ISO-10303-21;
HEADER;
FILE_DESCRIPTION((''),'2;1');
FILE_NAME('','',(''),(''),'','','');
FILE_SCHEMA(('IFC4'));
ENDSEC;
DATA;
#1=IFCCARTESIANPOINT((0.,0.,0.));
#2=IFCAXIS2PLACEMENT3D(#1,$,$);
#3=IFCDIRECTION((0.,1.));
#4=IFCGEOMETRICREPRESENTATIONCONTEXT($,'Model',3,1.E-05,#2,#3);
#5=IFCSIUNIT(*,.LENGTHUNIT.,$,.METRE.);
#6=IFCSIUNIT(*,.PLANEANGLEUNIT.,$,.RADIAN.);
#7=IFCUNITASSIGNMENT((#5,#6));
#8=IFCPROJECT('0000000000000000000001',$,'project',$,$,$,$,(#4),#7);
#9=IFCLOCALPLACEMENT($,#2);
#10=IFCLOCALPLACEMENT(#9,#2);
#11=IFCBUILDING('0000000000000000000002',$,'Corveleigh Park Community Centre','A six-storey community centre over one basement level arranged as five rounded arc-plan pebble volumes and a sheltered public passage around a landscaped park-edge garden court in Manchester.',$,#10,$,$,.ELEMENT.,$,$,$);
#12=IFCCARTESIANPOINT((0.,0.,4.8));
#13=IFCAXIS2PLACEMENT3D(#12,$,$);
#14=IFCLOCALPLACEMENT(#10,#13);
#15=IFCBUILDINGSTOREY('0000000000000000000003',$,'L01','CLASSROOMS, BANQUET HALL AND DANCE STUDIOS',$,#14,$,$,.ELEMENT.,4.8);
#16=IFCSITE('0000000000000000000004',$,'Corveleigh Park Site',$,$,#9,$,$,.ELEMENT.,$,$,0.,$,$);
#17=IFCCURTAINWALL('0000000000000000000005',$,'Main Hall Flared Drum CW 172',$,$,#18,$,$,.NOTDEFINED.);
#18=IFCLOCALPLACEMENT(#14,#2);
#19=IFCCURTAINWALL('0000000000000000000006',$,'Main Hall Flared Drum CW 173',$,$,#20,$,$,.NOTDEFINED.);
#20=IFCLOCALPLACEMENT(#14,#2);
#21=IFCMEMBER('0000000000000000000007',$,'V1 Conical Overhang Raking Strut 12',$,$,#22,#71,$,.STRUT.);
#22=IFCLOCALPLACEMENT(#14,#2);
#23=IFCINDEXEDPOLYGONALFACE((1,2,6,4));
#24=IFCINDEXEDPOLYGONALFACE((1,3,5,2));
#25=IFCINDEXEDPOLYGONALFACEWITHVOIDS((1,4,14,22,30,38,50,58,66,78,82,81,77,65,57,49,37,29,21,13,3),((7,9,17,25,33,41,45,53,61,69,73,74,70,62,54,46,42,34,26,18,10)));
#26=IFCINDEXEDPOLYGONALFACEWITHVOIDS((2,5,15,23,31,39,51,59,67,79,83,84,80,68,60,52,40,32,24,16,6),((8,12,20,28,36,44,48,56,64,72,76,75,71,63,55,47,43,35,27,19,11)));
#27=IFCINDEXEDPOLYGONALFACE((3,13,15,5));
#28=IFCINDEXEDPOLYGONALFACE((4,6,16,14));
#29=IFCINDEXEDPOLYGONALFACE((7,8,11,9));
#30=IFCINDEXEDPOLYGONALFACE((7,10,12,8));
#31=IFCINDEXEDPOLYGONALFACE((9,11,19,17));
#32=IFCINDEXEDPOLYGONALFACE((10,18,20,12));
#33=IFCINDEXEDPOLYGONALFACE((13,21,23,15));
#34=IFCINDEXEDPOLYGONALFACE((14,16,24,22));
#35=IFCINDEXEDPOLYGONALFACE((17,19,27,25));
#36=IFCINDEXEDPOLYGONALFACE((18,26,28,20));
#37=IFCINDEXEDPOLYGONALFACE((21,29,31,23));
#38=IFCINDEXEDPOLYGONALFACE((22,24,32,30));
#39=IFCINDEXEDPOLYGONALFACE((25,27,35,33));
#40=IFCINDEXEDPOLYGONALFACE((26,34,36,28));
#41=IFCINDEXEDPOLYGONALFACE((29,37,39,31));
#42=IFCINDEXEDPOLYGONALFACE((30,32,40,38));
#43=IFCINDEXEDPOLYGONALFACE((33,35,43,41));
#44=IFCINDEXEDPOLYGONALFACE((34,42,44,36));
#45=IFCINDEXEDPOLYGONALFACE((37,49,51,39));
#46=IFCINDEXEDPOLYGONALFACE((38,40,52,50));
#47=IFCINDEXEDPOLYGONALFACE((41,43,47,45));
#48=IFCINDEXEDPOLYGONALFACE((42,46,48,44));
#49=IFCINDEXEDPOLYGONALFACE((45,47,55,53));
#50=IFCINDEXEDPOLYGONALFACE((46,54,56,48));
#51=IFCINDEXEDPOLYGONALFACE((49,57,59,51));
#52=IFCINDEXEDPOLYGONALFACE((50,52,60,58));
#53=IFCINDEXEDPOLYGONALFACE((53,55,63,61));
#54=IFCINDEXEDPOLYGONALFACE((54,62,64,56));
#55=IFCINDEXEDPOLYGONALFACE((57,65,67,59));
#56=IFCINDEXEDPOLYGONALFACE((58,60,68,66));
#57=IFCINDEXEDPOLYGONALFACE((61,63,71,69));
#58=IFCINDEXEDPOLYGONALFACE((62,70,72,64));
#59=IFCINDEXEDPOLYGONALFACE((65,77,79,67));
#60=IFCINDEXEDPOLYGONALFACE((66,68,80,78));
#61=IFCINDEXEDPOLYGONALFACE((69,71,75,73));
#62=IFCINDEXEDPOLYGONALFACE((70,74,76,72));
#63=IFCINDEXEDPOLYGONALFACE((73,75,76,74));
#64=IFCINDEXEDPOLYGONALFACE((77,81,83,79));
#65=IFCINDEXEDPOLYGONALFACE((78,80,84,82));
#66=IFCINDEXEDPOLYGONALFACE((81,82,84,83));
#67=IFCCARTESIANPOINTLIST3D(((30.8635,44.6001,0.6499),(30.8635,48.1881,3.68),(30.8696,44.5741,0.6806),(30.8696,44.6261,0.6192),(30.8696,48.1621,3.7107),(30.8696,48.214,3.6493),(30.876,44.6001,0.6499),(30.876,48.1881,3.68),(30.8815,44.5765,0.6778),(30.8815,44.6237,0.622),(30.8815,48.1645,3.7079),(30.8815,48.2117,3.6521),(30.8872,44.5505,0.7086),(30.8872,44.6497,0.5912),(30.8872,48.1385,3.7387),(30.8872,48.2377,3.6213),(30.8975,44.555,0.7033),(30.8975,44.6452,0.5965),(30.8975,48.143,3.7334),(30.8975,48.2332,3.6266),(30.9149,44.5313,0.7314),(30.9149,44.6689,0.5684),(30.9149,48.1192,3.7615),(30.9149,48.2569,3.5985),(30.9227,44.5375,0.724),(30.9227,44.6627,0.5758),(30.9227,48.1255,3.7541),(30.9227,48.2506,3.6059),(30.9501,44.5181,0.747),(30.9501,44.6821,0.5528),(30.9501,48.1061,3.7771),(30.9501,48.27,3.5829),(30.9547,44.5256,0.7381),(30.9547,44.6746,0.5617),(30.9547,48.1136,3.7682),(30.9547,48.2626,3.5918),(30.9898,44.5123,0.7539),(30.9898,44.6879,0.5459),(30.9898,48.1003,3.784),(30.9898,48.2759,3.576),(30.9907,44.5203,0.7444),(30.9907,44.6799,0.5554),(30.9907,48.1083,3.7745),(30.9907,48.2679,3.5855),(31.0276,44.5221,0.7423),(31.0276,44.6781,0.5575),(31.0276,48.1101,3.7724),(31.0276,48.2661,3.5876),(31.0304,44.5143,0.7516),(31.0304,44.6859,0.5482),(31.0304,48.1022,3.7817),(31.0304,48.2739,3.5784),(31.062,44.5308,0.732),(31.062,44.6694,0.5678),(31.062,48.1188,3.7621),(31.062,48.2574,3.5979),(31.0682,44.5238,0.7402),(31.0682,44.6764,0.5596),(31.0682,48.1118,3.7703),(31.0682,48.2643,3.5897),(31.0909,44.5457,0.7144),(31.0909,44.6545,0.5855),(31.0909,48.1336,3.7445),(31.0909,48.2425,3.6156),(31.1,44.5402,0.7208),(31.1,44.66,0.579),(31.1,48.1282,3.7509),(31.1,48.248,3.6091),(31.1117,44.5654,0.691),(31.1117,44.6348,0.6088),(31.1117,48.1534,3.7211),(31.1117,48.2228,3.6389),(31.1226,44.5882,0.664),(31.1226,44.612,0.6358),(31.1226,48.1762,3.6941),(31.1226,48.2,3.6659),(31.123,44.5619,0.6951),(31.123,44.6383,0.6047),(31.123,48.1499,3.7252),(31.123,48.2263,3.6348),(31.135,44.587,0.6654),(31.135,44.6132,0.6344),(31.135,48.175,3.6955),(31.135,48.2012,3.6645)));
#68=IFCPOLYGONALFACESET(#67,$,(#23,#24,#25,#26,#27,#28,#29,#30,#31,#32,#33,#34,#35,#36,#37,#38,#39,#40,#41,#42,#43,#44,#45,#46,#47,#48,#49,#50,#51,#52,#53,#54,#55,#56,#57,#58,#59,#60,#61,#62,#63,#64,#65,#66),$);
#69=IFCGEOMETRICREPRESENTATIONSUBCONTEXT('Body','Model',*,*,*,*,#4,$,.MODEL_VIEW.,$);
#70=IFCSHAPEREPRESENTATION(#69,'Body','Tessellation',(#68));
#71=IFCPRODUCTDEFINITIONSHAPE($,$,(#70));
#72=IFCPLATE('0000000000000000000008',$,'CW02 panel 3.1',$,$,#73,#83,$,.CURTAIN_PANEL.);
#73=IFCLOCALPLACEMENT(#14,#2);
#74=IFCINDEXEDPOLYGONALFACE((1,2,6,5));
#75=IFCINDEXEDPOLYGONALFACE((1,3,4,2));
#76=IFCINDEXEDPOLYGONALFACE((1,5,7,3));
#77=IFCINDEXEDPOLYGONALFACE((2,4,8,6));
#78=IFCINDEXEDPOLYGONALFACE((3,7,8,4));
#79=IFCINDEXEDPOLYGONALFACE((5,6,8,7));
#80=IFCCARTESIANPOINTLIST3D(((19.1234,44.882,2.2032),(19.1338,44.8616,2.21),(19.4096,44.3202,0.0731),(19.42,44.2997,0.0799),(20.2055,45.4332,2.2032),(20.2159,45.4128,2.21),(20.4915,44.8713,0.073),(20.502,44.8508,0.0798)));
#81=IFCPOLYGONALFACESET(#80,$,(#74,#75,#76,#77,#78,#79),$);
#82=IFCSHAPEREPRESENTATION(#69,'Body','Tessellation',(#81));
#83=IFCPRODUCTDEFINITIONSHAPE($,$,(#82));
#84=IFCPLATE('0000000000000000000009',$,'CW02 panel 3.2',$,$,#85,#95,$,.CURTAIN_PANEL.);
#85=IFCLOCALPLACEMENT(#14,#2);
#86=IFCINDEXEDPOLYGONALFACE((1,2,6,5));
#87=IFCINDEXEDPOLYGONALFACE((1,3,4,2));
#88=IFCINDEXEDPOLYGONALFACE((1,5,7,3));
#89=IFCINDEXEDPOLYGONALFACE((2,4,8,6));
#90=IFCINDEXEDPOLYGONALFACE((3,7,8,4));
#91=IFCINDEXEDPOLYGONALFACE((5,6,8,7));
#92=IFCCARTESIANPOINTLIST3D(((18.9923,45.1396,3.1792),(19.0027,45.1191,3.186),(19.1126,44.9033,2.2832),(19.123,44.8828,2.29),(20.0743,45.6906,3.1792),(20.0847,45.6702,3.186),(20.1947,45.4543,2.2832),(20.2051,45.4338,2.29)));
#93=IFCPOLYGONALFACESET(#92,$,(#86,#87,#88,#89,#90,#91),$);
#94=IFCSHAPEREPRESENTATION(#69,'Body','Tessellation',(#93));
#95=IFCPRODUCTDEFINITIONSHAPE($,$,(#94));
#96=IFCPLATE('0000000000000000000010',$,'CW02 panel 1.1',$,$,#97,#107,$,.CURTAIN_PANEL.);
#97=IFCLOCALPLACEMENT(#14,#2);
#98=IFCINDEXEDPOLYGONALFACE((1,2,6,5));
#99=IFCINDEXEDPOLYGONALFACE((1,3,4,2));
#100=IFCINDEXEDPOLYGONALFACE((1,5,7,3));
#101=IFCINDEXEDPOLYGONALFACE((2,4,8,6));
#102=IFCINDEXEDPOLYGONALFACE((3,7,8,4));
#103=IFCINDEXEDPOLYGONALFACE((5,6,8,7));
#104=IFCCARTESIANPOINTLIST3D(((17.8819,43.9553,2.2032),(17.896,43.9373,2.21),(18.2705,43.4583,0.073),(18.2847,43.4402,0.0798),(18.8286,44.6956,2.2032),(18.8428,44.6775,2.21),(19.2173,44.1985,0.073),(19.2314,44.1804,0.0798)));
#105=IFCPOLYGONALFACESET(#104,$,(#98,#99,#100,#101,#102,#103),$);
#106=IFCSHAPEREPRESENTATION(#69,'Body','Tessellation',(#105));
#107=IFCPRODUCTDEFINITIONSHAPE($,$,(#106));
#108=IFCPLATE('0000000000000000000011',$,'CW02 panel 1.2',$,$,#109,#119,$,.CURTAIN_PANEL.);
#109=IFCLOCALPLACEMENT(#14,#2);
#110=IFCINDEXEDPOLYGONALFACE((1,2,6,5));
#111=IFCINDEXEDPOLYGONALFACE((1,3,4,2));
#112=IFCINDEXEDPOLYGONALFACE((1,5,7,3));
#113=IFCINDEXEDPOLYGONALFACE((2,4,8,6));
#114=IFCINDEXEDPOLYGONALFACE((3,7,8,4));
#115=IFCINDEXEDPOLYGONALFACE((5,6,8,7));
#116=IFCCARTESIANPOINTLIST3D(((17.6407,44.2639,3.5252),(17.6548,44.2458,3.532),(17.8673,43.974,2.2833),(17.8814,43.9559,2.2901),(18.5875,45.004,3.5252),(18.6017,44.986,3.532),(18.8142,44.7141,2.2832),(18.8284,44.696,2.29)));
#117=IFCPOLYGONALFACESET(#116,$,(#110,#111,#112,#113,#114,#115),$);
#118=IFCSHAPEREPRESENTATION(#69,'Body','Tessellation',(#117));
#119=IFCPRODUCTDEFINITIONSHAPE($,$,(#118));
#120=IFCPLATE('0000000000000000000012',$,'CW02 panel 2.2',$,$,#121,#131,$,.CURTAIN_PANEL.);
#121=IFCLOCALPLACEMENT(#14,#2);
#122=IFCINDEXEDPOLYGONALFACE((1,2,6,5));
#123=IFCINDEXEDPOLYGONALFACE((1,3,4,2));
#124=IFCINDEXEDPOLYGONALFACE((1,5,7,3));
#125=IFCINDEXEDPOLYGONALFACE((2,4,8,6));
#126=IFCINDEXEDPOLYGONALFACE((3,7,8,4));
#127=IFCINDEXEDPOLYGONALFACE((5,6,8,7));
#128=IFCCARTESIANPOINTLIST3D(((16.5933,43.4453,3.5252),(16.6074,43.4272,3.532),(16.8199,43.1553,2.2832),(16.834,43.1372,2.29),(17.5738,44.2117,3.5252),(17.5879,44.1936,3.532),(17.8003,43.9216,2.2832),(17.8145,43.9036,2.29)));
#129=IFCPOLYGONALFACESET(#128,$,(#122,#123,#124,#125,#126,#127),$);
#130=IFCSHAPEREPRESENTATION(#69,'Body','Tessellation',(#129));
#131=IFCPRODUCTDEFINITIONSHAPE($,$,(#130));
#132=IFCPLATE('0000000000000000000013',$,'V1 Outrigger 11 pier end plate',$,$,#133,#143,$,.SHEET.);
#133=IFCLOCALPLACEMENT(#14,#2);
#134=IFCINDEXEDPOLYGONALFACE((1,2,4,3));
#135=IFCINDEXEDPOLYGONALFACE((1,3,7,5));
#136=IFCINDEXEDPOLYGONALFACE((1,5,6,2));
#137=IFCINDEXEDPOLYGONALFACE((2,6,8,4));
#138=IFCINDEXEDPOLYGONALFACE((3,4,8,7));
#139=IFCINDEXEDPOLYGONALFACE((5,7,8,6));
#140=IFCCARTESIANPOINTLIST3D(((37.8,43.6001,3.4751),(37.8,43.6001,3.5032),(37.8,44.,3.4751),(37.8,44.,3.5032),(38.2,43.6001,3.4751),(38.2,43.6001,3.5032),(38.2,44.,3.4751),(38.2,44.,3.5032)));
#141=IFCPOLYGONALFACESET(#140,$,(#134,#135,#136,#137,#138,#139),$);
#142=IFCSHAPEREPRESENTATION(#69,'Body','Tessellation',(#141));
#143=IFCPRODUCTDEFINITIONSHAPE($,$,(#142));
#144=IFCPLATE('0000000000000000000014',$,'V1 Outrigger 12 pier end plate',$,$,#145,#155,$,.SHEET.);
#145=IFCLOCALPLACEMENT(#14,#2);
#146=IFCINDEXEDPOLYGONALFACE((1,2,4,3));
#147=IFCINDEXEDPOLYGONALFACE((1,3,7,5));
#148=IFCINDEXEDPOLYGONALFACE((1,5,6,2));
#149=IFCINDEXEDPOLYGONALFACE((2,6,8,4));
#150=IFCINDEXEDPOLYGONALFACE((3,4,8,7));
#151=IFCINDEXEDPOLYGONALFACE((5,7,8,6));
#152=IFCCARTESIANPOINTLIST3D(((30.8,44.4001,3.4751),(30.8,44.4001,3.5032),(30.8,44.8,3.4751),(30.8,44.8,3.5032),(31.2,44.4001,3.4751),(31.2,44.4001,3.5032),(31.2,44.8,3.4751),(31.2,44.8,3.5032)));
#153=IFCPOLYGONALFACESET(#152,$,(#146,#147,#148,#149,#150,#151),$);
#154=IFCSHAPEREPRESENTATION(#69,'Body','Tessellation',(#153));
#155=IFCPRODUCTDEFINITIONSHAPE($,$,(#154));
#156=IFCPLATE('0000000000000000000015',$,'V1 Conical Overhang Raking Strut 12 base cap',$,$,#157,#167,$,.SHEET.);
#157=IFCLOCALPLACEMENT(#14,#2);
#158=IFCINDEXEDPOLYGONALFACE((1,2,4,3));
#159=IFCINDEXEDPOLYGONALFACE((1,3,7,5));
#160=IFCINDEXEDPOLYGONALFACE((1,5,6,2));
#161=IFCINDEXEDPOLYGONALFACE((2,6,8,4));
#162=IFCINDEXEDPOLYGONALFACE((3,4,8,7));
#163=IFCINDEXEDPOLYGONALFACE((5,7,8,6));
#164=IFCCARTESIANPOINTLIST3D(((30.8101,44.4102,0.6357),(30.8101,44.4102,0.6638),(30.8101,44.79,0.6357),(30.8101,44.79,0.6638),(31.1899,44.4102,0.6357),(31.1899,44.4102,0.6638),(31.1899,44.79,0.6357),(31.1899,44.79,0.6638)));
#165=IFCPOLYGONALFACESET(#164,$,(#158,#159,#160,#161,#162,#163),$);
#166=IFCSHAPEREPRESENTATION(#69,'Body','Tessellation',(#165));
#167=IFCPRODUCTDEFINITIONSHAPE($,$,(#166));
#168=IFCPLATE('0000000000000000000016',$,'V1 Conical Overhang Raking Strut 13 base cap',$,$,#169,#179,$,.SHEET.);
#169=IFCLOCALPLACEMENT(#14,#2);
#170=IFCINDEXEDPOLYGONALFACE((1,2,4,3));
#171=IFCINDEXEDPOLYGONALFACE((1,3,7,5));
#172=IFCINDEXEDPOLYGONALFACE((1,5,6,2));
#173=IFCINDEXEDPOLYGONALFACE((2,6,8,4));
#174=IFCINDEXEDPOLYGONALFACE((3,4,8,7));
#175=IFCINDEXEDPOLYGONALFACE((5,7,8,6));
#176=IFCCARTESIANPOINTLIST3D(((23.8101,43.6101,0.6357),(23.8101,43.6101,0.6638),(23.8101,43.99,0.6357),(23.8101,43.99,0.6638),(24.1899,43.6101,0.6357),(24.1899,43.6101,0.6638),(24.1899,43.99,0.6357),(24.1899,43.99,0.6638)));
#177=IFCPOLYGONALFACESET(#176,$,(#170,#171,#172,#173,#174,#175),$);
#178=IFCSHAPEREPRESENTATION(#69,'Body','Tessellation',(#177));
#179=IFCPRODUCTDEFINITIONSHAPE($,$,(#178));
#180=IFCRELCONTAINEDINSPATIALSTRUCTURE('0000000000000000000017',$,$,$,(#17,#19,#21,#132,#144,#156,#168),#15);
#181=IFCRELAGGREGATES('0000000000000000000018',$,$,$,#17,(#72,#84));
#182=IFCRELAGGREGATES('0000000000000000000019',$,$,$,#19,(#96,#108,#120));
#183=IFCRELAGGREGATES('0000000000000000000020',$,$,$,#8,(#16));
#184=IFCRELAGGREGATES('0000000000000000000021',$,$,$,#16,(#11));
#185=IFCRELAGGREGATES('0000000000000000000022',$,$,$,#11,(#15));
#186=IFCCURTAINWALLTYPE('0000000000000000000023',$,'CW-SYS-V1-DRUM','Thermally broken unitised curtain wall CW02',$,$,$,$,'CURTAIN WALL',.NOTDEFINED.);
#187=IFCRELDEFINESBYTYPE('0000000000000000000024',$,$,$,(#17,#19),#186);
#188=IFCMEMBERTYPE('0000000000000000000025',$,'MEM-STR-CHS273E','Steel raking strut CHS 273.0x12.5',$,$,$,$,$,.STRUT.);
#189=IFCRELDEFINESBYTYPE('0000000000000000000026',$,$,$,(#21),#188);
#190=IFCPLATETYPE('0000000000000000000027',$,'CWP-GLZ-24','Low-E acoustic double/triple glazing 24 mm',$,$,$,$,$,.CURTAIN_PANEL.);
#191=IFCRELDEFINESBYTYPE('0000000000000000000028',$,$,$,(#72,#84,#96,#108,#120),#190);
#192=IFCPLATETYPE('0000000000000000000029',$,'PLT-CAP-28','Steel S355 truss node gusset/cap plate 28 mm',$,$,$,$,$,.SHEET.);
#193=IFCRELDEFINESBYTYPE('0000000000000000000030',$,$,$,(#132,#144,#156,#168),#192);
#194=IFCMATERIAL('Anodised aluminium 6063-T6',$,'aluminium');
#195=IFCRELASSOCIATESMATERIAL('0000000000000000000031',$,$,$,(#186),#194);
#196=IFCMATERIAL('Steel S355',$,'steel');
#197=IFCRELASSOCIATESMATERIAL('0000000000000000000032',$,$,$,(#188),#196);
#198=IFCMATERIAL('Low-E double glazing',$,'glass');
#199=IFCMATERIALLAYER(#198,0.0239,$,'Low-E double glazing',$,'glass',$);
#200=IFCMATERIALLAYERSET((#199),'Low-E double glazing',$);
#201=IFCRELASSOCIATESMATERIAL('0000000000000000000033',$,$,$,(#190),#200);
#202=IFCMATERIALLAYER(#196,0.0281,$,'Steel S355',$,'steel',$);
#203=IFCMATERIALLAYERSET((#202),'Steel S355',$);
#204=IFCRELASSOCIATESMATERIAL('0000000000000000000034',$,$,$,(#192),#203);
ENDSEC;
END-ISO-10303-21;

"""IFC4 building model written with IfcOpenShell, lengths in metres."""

from ifc_helpers import new_model, si_unit, direction, frame, origin, origin_2d, place, context, subcontext, project, spatial, polyline, rectangle, hollow_circle, outline, extrude, material, layer, layer_set, material_profile, profile_set, type_object, element, aggregate, save


model = new_model("IFC4")

# Units and contexts
model_context = context("Model", 3, precision=1e-05, world=origin(), true_north=direction((0.0, 1.0)))
body_context = subcontext(model_context, "Body", "Model", "MODEL_VIEW")
ifc_project = project(units=[si_unit("LENGTHUNIT", "METRE"), si_unit("PLANEANGLEUNIT", "RADIAN")], contexts=[model_context])

# Site, building, storey
site_placement = place(None, origin())
site = spatial("IfcSite", under=ifc_project, at=site_placement, Name="Corveleigh Park Site", CompositionType="ELEMENT", RefElevation=0.0)
building_placement = place(site_placement, origin())
building = spatial("IfcBuilding", under=site, at=building_placement, Name="Corveleigh Park Community Centre", Description="A six-storey community centre over one basement level arranged as five rounded arc-plan pebble volumes and a sheltered public passage around a landscaped park-edge garden court in Manchester.", CompositionType="ELEMENT")
storey_placement = place(building_placement, frame((0.0, 0.0, 4.8)))
storey = spatial("IfcBuildingStorey", under=building, at=storey_placement, Name="L01", Description="CLASSROOMS, BANQUET HALL AND DANCE STUDIOS", CompositionType="ELEMENT", Elevation=4.8)

# Shared definitions
ifc_material_1 = material(Name="Steel S355", Category="steel")

# Curtain wall
ifc_material_2 = material(Name="Anodised aluminium 6063-T6", Category="aluminium")
curtain_wall_type = type_object("IfcCurtainWallType", Name="CW-SYS-V1-DRUM", Description="Thermally broken unitised curtain wall CW02", ElementType="CURTAIN WALL", PredefinedType="NOTDEFINED", material=ifc_material_2)
curtain_wall_1_placement = place(storey_placement, origin())
curtain_wall_1 = element("IfcCurtainWall", 1, at=curtain_wall_1_placement, inside=storey, type_object=curtain_wall_type, Name="Main Hall Flared Drum CW 172", PredefinedType="NOTDEFINED")

# Curtain wall
curtain_wall_2_placement = place(storey_placement, origin())
curtain_wall_2 = element("IfcCurtainWall", 2, at=curtain_wall_2_placement, inside=storey, type_object=curtain_wall_type, Name="Main Hall Flared Drum CW 173", PredefinedType="NOTDEFINED")

# Member
ifc_material_profile_1 = material_profile(ifc_material_1, hollow_circle(Radius=0.1365, WallThickness=0.0125, at=origin_2d()), Name="CHS 273.0x12.5", Category="steel")
ifc_profile_set_1 = profile_set([ifc_material_profile_1], Name="Steel S355")
member_type_1 = type_object("IfcMemberType", Name="MEM-STR-CHS273E", Description="Steel raking strut CHS 273.0x12.5", PredefinedType="STRUT", material=ifc_profile_set_1)
member_1_placement = place(storey_placement, frame((31.0, 44.6001, 0.6499), z_axis=(0.0, 0.764003, 0.645213), x_axis=(-1.0, 0.0, 0.0)))
element("IfcMember", 3, at=member_1_placement, inside=storey, type_object=member_type_1, Name="V1 Conical Overhang Raking Strut 12", PredefinedType="STRUT", context=body_context, shape_type="SweptSolid", body=[
    extrude(hollow_circle(Radius=0.1365, WallThickness=0.0125, at=origin_2d()), origin(), (0.0, 0.0, 1.0), 4.6963),
])

# Plates
ifc_material_3 = material(Name="Low-E double glazing", Category="glass")
ifc_layer_1 = layer(ifc_material_3, 0.0239, Name="Low-E double glazing", Category="glass")
ifc_layer_set_1 = layer_set([ifc_layer_1], Name="Low-E double glazing")
plate_type_1 = type_object("IfcPlateType", Name="CWP-GLZ-24", Description="Low-E acoustic double/triple glazing 24 mm", PredefinedType="CURTAIN_PANEL", material=ifc_layer_set_1)
plate_1_placement = place(storey_placement, frame((20.502, 44.8508, 0.0798), z_axis=(0.435209, -0.854417, 0.28384), x_axis=(-0.891068, -0.45387, 0.000024)))
plate_1 = element("IfcPlate", 4, at=plate_1_placement, type_object=plate_type_1, Name="CW02 panel 3.1", PredefinedType="CURTAIN_PANEL", context=body_context, shape_type="SweptSolid", body=[
    extrude(outline(polyline([(0.0, 0.0), (1.2143, 0.0), (1.2143, -2.2215), (-0.0001, -2.2215), (0.0, 0.0)])), origin(), (0.0, 0.0, -1.0), 0.0239),
])
plate_2_placement = place(storey_placement, frame((20.2051, 45.4338, 2.29), z_axis=(0.435134, -0.85446, 0.283825), x_axis=(-0.891105, -0.453796, 0.0)))
plate_2 = element("IfcPlate", 5, at=plate_2_placement, type_object=plate_type_1, Name="CW02 panel 3.2", PredefinedType="CURTAIN_PANEL", context=body_context, shape_type="SweptSolid", body=[
    extrude(outline(polyline([(0.0, 0.0), (1.2143, 0.0), (1.2143, -0.9344), (0.0, -0.9344), (0.0, 0.0)])), origin(), (0.0, 0.0, -1.0), 0.0239),
])
aggregate(curtain_wall_1, [plate_1, plate_2])
plate_3_placement = place(storey_placement, frame((19.2314, 44.1804, 0.0798), z_axis=(0.59057, -0.755353, 0.284021), x_axis=(-0.787796, -0.615936, 0.0)))
plate_3 = element("IfcPlate", 6, at=plate_3_placement, type_object=plate_type_1, Name="CW02 panel 1.1", PredefinedType="CURTAIN_PANEL", context=body_context, shape_type="SweptSolid", body=[
    extrude(outline(polyline([(0.0, 0.0), (1.2018, 0.0), (1.2018, -2.2216), (0.0, -2.2216), (0.0, 0.0)])), origin(), (0.0, 0.0, -1.0), 0.0239),
])
plate_4_placement = place(storey_placement, frame((18.8284, 44.696, 2.29), z_axis=(0.590446, -0.755416, 0.284114), x_axis=(-0.787891, -0.615814, 0.000039)))
plate_4 = element("IfcPlate", 7, at=plate_4_placement, type_object=plate_type_1, Name="CW02 panel 1.2", PredefinedType="CURTAIN_PANEL", context=body_context, shape_type="SweptSolid", body=[
    extrude(outline(polyline([(0.0, 0.0), (1.2018, 0.0), (1.2019, -1.2953), (0.0001, -1.2954), (0.0, 0.0)])), origin(), (0.0, 0.0, -1.0), 0.0239),
])
plate_5_placement = place(storey_placement, frame((17.8145, 43.9036, 2.29), z_axis=(0.590446, -0.75541, 0.284128), x_axis=(-0.787882, -0.615827, 0.0)))
plate_5 = element("IfcPlate", 8, at=plate_5_placement, type_object=plate_type_1, Name="CW02 panel 2.2", PredefinedType="CURTAIN_PANEL", context=body_context, shape_type="SweptSolid", body=[
    extrude(outline(polyline([(0.0, 0.0), (1.2444, 0.0), (1.2443, -1.2953), (-0.0001, -1.2953), (0.0, 0.0)])), origin(), (0.0, 0.0, -1.0), 0.0239),
])
aggregate(curtain_wall_2, [plate_3, plate_4, plate_5])

# Plates
ifc_layer_2 = layer(ifc_material_1, 0.0281, Name="Steel S355", Category="steel")
ifc_layer_set_2 = layer_set([ifc_layer_2], Name="Steel S355")
plate_type_2 = type_object("IfcPlateType", Name="PLT-CAP-28", Description="Steel S355 truss node gusset/cap plate 28 mm", PredefinedType="SHEET", material=ifc_layer_set_2)
for number, where, z_axis, x_axis, name in (
    (9, (38.0, 43.8, 3.4751), (0.0, 0.0, 1.0), (1.0, 0.0, 0.0), "V1 Outrigger 11 pier end plate"),
    (10, (31.0, 44.6001, 3.4751), (0.0, 0.0, 1.0), (1.0, 0.0, 0.0), "V1 Outrigger 12 pier end plate"),
):
    element("IfcPlate", number, at=place(storey_placement, frame(where, z_axis=z_axis, x_axis=x_axis)), inside=storey, type_object=plate_type_2, Name=name, PredefinedType="SHEET", context=body_context, shape_type="SweptSolid", body=[
        extrude(rectangle(XDim=0.3999, YDim=0.3999, at=origin_2d()), origin(), (0.0, 0.0, 1.0), 0.0281),
    ])
for number, where, z_axis, x_axis, name in (
    (11, (31.0, 44.6001, 0.6357), (0.0, 0.0, 1.0), (1.0, 0.0, 0.0), "V1 Conical Overhang Raking Strut 12 base cap"),
    (12, (24.0, 43.8, 0.6357), (0.0, 0.0, 1.0), (1.0, 0.0, 0.0), "V1 Conical Overhang Raking Strut 13 base cap"),
):
    element("IfcPlate", number, at=place(storey_placement, frame(where, z_axis=z_axis, x_axis=x_axis)), inside=storey, type_object=plate_type_2, Name=name, PredefinedType="SHEET", context=body_context, shape_type="SweptSolid", body=[
        extrude(rectangle(XDim=0.3799, YDim=0.3799, at=origin_2d()), origin(), (0.0, 0.0, 1.0), 0.0281),
    ])

save(model, "model.ifc")
